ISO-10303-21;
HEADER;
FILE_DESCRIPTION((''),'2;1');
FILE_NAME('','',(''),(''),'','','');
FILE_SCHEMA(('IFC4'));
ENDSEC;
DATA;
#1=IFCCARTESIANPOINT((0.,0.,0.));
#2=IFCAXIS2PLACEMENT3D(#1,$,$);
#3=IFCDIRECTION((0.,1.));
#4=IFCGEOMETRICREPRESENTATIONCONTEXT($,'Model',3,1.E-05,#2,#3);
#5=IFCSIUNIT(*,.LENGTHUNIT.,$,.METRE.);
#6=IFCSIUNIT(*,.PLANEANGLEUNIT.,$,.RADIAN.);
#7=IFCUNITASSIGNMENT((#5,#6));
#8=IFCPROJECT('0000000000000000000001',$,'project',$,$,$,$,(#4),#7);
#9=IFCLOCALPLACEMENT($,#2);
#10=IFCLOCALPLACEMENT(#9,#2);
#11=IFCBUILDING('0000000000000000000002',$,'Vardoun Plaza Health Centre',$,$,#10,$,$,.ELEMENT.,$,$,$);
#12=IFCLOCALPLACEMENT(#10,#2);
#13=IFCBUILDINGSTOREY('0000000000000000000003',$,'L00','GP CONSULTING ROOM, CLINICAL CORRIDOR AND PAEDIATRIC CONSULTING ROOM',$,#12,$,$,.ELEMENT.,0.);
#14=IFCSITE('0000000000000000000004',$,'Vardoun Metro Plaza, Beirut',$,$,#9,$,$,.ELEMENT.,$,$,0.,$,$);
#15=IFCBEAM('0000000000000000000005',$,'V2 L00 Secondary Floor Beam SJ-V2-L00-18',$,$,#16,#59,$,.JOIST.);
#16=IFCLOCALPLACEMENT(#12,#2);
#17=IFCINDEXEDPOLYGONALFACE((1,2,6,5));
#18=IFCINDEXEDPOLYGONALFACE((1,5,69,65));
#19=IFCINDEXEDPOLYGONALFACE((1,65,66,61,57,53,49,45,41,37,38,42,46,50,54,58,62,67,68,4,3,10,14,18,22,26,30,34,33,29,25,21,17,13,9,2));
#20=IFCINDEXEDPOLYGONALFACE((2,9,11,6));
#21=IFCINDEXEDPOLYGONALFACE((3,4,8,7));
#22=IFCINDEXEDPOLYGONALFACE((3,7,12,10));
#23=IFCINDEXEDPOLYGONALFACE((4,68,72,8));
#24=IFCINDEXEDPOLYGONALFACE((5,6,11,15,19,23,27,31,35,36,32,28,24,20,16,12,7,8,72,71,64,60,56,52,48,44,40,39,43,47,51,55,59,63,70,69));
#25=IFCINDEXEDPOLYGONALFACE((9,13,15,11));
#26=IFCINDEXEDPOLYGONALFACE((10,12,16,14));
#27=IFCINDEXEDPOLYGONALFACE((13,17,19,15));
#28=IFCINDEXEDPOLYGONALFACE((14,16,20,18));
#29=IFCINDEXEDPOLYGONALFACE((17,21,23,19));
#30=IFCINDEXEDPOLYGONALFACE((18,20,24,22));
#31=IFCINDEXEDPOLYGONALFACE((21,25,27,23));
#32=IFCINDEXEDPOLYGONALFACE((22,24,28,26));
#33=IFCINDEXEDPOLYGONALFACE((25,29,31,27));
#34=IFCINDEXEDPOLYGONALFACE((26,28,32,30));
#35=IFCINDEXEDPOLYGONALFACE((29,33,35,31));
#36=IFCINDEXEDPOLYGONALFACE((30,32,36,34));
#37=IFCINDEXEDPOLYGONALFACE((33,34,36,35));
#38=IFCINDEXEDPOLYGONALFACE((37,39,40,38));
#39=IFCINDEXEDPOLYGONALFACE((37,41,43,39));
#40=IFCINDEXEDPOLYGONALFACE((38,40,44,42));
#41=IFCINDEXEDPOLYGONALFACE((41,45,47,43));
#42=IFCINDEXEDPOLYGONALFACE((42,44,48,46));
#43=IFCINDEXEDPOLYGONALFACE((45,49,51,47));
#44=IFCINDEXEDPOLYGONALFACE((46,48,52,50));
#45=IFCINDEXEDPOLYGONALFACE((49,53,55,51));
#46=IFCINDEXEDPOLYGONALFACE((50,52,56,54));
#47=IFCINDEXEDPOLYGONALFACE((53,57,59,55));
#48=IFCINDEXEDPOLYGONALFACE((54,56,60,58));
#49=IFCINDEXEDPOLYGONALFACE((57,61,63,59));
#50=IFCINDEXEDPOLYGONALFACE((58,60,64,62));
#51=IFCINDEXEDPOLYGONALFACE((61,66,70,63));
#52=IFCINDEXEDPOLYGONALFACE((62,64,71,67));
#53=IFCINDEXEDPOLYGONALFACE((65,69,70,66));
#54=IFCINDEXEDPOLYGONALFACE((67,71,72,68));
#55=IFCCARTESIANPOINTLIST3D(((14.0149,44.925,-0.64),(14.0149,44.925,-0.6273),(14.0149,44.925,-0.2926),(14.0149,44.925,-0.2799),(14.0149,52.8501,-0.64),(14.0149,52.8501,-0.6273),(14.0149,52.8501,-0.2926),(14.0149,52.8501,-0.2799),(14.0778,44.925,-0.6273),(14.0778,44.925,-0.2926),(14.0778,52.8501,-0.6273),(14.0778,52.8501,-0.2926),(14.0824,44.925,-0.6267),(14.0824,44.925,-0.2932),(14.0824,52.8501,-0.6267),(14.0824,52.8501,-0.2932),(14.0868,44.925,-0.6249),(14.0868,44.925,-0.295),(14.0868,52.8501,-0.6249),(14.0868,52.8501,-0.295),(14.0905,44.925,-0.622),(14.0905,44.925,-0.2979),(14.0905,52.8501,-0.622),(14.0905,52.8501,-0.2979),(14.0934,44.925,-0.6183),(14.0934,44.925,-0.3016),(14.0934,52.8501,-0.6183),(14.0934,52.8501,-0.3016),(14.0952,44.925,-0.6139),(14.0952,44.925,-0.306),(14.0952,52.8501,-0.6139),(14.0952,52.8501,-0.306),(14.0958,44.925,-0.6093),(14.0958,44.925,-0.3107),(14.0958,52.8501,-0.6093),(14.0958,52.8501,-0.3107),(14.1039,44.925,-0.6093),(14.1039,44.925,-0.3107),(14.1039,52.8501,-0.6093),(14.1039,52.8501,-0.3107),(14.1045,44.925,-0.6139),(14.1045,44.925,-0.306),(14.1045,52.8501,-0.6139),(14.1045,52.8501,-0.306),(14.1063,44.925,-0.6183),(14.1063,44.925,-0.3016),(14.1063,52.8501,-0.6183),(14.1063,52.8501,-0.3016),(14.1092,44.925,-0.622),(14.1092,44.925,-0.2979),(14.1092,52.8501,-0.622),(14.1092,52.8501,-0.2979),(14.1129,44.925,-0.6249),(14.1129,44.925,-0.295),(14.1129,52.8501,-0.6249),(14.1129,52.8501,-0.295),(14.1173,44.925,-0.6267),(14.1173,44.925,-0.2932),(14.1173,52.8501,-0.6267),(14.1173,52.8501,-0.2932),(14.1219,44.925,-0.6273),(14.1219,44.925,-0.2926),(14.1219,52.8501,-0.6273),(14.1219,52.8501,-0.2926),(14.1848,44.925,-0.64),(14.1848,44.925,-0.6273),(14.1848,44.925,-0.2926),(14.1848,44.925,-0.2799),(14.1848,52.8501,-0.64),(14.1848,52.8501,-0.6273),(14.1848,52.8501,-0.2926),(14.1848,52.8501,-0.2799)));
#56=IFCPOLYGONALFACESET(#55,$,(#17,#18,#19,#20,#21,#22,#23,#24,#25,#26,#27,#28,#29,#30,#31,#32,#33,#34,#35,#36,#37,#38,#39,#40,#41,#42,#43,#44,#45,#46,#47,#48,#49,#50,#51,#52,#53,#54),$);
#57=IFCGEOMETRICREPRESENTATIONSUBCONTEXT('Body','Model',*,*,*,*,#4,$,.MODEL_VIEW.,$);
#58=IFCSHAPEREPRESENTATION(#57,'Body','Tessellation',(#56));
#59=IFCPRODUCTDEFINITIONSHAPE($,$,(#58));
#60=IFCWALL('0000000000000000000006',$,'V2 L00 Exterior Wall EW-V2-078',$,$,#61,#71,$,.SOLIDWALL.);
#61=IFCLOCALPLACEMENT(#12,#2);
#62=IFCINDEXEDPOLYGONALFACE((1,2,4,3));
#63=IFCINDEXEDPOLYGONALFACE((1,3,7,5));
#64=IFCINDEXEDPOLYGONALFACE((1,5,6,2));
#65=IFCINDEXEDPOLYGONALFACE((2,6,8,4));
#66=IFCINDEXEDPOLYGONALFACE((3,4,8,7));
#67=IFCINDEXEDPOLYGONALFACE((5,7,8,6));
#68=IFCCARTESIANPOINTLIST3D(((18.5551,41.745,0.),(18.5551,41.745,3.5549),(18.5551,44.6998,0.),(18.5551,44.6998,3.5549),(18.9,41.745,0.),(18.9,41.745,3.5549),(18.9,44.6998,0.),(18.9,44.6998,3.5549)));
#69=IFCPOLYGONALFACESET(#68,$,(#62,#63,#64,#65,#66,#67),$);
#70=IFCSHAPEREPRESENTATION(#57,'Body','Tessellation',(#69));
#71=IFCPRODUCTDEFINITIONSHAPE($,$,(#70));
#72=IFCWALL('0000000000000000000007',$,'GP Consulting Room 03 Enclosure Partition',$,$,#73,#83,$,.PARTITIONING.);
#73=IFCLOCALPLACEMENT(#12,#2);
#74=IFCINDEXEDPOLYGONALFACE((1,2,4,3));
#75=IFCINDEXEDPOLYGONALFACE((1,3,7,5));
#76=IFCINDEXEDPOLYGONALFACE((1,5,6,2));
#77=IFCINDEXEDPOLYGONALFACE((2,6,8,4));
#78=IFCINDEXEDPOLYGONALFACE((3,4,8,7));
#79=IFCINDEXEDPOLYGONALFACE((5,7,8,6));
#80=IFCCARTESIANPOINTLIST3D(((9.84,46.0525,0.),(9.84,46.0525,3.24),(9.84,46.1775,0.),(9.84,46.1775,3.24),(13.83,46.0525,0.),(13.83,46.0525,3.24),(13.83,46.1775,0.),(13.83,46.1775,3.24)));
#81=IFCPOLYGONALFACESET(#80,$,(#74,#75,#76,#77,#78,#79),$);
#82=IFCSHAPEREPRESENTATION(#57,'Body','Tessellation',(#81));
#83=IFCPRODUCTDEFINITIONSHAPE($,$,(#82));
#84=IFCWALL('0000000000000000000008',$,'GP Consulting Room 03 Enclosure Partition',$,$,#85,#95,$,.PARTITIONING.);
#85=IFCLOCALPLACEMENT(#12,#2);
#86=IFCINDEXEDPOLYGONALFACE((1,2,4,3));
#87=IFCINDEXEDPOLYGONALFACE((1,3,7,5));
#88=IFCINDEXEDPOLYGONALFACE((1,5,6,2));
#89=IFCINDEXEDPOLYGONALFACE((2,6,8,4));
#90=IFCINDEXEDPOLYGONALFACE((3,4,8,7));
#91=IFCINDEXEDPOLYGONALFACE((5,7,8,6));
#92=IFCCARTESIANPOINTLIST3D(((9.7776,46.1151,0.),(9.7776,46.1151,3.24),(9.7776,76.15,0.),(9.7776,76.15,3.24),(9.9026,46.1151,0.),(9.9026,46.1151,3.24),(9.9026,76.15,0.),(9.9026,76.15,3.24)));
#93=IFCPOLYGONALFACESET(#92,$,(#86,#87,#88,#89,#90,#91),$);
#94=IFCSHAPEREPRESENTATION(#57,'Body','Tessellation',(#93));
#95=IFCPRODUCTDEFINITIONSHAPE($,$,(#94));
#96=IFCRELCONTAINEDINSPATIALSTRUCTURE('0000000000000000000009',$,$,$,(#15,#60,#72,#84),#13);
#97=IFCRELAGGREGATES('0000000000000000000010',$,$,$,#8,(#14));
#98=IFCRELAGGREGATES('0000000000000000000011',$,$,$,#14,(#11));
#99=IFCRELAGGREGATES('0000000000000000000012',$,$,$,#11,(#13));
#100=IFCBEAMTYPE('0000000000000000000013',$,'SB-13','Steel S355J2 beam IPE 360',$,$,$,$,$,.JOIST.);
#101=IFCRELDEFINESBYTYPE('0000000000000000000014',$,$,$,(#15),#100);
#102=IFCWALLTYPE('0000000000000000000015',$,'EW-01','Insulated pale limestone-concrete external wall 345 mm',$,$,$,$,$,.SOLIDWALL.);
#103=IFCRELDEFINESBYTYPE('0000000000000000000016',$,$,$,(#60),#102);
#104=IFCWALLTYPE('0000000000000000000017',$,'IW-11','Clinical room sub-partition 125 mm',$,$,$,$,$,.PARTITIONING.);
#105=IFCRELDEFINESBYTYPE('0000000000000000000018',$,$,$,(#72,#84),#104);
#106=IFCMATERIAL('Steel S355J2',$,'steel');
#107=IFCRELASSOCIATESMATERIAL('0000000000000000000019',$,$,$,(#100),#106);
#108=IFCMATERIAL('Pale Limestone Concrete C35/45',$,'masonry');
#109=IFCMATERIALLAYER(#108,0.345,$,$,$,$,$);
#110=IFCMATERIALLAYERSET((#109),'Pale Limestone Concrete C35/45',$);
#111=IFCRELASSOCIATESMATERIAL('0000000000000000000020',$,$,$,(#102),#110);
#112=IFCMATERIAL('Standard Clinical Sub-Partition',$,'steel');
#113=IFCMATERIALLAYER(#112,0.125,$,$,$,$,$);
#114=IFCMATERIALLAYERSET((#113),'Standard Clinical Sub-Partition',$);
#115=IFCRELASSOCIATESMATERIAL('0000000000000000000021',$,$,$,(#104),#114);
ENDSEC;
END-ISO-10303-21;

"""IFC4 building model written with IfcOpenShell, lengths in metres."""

from ifc_helpers import new_model, si_unit, direction, frame, frame_2d, origin, origin_2d, place, context, subcontext, project, spatial, rectangle, i_section, extrude, material, layer, layer_set, material_profile, profile_set, type_object, element, save


model = new_model("IFC4")

# Units and contexts
model_context = context("Model", 3, precision=1e-05, world=origin(), true_north=direction((0.0, 1.0)))
body_context = subcontext(model_context, "Body", "Model", "MODEL_VIEW")
ifc_project = project(units=[si_unit("LENGTHUNIT", "METRE"), si_unit("PLANEANGLEUNIT", "RADIAN")], contexts=[model_context])

# Site, building, storey
site_placement = place(None, origin())
site = spatial("IfcSite", under=ifc_project, at=site_placement, Name="Vardoun Metro Plaza, Beirut", CompositionType="ELEMENT", RefElevation=0.0)
building_placement = place(site_placement, origin())
building = spatial("IfcBuilding", under=site, at=building_placement, Name="Vardoun Plaza Health Centre", CompositionType="ELEMENT")
storey_placement = place(building_placement, origin())
storey = spatial("IfcBuildingStorey", under=building, at=storey_placement, Name="L00", Description="GP CONSULTING ROOM, CLINICAL CORRIDOR AND PAEDIATRIC CONSULTING ROOM", CompositionType="ELEMENT", Elevation=0.0)

# Beam
ifc_material_1 = material(Name="Steel S355J2", Category="steel")
ifc_material_profile_1 = material_profile(ifc_material_1, i_section(OverallWidth=0.1699, OverallDepth=0.3601, WebThickness=0.0081, FlangeThickness=0.0127, FilletRadius=0.0181, at=origin_2d()), Name="IPE 360")
ifc_profile_set_1 = profile_set([ifc_material_profile_1], Name="Steel S355J2")
beam_type_1 = type_object("IfcBeamType", Name="SB-13", Description="Steel S355J2 beam IPE 360", PredefinedType="JOIST", material=ifc_profile_set_1)
beam_1_placement = place(storey_placement, frame((14.0999, 44.925, -0.46), z_axis=(0.0, 1.0, 0.0), x_axis=(-1.0, 0.0, 0.0)))
element("IfcBeam", 1, at=beam_1_placement, inside=storey, type_object=beam_type_1, Name="V2 L00 Secondary Floor Beam SJ-V2-L00-18", PredefinedType="JOIST", context=body_context, shape_type="SweptSolid", body=[
    extrude(i_section(OverallWidth=0.1699, OverallDepth=0.3601, WebThickness=0.0081, FlangeThickness=0.0127, FilletRadius=0.0181, at=origin_2d()), origin(), (0.0, 0.0, 1.0), 7.925),
])

# Shared definitions
ifc_material_2 = material(Name="Pale Limestone Concrete C35/45", Category="masonry")
ifc_layer_1 = layer(ifc_material_2, 0.345)
ifc_layer_set_1 = layer_set([ifc_layer_1], Name="Pale Limestone Concrete C35/45")
wall_type_1 = type_object("IfcWallType", Name="EW-01", Description="Insulated pale limestone-concrete external wall 345 mm", PredefinedType="SOLIDWALL", material=ifc_layer_set_1)

# Wall
wall_1_placement = place(storey_placement, frame((18.7275, 44.7, 0.0), z_axis=(0.0, 0.0, 1.0), x_axis=(0.0, -1.0, 0.0)))
element("IfcWall", 2, at=wall_1_placement, inside=storey, type_object=wall_type_1, Name="V2 L00 Exterior Wall EW-V2-078", PredefinedType="SOLIDWALL", context=body_context, shape_type="SweptSolid", body=[
    extrude(rectangle(XDim=2.9548, YDim=0.345, at=frame_2d((1.4775, 0.0))), origin(), (0.0, 0.0, 1.0), 3.5549),
])

# Walls
ifc_material_3 = material(Name="Standard Clinical Sub-Partition", Category="steel")
ifc_layer_2 = layer(ifc_material_3, 0.125)
ifc_layer_set_2 = layer_set([ifc_layer_2], Name="Standard Clinical Sub-Partition")
wall_type_2 = type_object("IfcWallType", Name="IW-11", Description="Clinical room sub-partition 125 mm", PredefinedType="PARTITIONING", material=ifc_layer_set_2)
wall_2_placement = place(storey_placement, frame((13.8301, 46.115, 0.0), z_axis=(0.0, 0.0, 1.0), x_axis=(-1.0, 0.0, 0.0)))
element("IfcWall", 3, at=wall_2_placement, inside=storey, type_object=wall_type_2, Name="GP Consulting Room 03 Enclosure Partition", PredefinedType="PARTITIONING", context=body_context, shape_type="SweptSolid", body=[
    extrude(rectangle(XDim=3.99, YDim=0.125, at=frame_2d((1.9951, 0.0))), origin(), (0.0, 0.0, 1.0), 3.24),
])
wall_3_placement = place(storey_placement, frame((9.8401, 46.115, 0.0), z_axis=(0.0, 0.0, 1.0), x_axis=(0.0, 1.0, 0.0)))
element("IfcWall", 4, at=wall_3_placement, inside=storey, type_object=wall_type_2, Name="GP Consulting Room 03 Enclosure Partition", PredefinedType="PARTITIONING", context=body_context, shape_type="SweptSolid", body=[
    extrude(rectangle(XDim=30.0349, YDim=0.125, at=frame_2d((15.0176, 0.0))), origin(), (0.0, 0.0, 1.0), 3.24),
])

save(model, "model.ifc")
